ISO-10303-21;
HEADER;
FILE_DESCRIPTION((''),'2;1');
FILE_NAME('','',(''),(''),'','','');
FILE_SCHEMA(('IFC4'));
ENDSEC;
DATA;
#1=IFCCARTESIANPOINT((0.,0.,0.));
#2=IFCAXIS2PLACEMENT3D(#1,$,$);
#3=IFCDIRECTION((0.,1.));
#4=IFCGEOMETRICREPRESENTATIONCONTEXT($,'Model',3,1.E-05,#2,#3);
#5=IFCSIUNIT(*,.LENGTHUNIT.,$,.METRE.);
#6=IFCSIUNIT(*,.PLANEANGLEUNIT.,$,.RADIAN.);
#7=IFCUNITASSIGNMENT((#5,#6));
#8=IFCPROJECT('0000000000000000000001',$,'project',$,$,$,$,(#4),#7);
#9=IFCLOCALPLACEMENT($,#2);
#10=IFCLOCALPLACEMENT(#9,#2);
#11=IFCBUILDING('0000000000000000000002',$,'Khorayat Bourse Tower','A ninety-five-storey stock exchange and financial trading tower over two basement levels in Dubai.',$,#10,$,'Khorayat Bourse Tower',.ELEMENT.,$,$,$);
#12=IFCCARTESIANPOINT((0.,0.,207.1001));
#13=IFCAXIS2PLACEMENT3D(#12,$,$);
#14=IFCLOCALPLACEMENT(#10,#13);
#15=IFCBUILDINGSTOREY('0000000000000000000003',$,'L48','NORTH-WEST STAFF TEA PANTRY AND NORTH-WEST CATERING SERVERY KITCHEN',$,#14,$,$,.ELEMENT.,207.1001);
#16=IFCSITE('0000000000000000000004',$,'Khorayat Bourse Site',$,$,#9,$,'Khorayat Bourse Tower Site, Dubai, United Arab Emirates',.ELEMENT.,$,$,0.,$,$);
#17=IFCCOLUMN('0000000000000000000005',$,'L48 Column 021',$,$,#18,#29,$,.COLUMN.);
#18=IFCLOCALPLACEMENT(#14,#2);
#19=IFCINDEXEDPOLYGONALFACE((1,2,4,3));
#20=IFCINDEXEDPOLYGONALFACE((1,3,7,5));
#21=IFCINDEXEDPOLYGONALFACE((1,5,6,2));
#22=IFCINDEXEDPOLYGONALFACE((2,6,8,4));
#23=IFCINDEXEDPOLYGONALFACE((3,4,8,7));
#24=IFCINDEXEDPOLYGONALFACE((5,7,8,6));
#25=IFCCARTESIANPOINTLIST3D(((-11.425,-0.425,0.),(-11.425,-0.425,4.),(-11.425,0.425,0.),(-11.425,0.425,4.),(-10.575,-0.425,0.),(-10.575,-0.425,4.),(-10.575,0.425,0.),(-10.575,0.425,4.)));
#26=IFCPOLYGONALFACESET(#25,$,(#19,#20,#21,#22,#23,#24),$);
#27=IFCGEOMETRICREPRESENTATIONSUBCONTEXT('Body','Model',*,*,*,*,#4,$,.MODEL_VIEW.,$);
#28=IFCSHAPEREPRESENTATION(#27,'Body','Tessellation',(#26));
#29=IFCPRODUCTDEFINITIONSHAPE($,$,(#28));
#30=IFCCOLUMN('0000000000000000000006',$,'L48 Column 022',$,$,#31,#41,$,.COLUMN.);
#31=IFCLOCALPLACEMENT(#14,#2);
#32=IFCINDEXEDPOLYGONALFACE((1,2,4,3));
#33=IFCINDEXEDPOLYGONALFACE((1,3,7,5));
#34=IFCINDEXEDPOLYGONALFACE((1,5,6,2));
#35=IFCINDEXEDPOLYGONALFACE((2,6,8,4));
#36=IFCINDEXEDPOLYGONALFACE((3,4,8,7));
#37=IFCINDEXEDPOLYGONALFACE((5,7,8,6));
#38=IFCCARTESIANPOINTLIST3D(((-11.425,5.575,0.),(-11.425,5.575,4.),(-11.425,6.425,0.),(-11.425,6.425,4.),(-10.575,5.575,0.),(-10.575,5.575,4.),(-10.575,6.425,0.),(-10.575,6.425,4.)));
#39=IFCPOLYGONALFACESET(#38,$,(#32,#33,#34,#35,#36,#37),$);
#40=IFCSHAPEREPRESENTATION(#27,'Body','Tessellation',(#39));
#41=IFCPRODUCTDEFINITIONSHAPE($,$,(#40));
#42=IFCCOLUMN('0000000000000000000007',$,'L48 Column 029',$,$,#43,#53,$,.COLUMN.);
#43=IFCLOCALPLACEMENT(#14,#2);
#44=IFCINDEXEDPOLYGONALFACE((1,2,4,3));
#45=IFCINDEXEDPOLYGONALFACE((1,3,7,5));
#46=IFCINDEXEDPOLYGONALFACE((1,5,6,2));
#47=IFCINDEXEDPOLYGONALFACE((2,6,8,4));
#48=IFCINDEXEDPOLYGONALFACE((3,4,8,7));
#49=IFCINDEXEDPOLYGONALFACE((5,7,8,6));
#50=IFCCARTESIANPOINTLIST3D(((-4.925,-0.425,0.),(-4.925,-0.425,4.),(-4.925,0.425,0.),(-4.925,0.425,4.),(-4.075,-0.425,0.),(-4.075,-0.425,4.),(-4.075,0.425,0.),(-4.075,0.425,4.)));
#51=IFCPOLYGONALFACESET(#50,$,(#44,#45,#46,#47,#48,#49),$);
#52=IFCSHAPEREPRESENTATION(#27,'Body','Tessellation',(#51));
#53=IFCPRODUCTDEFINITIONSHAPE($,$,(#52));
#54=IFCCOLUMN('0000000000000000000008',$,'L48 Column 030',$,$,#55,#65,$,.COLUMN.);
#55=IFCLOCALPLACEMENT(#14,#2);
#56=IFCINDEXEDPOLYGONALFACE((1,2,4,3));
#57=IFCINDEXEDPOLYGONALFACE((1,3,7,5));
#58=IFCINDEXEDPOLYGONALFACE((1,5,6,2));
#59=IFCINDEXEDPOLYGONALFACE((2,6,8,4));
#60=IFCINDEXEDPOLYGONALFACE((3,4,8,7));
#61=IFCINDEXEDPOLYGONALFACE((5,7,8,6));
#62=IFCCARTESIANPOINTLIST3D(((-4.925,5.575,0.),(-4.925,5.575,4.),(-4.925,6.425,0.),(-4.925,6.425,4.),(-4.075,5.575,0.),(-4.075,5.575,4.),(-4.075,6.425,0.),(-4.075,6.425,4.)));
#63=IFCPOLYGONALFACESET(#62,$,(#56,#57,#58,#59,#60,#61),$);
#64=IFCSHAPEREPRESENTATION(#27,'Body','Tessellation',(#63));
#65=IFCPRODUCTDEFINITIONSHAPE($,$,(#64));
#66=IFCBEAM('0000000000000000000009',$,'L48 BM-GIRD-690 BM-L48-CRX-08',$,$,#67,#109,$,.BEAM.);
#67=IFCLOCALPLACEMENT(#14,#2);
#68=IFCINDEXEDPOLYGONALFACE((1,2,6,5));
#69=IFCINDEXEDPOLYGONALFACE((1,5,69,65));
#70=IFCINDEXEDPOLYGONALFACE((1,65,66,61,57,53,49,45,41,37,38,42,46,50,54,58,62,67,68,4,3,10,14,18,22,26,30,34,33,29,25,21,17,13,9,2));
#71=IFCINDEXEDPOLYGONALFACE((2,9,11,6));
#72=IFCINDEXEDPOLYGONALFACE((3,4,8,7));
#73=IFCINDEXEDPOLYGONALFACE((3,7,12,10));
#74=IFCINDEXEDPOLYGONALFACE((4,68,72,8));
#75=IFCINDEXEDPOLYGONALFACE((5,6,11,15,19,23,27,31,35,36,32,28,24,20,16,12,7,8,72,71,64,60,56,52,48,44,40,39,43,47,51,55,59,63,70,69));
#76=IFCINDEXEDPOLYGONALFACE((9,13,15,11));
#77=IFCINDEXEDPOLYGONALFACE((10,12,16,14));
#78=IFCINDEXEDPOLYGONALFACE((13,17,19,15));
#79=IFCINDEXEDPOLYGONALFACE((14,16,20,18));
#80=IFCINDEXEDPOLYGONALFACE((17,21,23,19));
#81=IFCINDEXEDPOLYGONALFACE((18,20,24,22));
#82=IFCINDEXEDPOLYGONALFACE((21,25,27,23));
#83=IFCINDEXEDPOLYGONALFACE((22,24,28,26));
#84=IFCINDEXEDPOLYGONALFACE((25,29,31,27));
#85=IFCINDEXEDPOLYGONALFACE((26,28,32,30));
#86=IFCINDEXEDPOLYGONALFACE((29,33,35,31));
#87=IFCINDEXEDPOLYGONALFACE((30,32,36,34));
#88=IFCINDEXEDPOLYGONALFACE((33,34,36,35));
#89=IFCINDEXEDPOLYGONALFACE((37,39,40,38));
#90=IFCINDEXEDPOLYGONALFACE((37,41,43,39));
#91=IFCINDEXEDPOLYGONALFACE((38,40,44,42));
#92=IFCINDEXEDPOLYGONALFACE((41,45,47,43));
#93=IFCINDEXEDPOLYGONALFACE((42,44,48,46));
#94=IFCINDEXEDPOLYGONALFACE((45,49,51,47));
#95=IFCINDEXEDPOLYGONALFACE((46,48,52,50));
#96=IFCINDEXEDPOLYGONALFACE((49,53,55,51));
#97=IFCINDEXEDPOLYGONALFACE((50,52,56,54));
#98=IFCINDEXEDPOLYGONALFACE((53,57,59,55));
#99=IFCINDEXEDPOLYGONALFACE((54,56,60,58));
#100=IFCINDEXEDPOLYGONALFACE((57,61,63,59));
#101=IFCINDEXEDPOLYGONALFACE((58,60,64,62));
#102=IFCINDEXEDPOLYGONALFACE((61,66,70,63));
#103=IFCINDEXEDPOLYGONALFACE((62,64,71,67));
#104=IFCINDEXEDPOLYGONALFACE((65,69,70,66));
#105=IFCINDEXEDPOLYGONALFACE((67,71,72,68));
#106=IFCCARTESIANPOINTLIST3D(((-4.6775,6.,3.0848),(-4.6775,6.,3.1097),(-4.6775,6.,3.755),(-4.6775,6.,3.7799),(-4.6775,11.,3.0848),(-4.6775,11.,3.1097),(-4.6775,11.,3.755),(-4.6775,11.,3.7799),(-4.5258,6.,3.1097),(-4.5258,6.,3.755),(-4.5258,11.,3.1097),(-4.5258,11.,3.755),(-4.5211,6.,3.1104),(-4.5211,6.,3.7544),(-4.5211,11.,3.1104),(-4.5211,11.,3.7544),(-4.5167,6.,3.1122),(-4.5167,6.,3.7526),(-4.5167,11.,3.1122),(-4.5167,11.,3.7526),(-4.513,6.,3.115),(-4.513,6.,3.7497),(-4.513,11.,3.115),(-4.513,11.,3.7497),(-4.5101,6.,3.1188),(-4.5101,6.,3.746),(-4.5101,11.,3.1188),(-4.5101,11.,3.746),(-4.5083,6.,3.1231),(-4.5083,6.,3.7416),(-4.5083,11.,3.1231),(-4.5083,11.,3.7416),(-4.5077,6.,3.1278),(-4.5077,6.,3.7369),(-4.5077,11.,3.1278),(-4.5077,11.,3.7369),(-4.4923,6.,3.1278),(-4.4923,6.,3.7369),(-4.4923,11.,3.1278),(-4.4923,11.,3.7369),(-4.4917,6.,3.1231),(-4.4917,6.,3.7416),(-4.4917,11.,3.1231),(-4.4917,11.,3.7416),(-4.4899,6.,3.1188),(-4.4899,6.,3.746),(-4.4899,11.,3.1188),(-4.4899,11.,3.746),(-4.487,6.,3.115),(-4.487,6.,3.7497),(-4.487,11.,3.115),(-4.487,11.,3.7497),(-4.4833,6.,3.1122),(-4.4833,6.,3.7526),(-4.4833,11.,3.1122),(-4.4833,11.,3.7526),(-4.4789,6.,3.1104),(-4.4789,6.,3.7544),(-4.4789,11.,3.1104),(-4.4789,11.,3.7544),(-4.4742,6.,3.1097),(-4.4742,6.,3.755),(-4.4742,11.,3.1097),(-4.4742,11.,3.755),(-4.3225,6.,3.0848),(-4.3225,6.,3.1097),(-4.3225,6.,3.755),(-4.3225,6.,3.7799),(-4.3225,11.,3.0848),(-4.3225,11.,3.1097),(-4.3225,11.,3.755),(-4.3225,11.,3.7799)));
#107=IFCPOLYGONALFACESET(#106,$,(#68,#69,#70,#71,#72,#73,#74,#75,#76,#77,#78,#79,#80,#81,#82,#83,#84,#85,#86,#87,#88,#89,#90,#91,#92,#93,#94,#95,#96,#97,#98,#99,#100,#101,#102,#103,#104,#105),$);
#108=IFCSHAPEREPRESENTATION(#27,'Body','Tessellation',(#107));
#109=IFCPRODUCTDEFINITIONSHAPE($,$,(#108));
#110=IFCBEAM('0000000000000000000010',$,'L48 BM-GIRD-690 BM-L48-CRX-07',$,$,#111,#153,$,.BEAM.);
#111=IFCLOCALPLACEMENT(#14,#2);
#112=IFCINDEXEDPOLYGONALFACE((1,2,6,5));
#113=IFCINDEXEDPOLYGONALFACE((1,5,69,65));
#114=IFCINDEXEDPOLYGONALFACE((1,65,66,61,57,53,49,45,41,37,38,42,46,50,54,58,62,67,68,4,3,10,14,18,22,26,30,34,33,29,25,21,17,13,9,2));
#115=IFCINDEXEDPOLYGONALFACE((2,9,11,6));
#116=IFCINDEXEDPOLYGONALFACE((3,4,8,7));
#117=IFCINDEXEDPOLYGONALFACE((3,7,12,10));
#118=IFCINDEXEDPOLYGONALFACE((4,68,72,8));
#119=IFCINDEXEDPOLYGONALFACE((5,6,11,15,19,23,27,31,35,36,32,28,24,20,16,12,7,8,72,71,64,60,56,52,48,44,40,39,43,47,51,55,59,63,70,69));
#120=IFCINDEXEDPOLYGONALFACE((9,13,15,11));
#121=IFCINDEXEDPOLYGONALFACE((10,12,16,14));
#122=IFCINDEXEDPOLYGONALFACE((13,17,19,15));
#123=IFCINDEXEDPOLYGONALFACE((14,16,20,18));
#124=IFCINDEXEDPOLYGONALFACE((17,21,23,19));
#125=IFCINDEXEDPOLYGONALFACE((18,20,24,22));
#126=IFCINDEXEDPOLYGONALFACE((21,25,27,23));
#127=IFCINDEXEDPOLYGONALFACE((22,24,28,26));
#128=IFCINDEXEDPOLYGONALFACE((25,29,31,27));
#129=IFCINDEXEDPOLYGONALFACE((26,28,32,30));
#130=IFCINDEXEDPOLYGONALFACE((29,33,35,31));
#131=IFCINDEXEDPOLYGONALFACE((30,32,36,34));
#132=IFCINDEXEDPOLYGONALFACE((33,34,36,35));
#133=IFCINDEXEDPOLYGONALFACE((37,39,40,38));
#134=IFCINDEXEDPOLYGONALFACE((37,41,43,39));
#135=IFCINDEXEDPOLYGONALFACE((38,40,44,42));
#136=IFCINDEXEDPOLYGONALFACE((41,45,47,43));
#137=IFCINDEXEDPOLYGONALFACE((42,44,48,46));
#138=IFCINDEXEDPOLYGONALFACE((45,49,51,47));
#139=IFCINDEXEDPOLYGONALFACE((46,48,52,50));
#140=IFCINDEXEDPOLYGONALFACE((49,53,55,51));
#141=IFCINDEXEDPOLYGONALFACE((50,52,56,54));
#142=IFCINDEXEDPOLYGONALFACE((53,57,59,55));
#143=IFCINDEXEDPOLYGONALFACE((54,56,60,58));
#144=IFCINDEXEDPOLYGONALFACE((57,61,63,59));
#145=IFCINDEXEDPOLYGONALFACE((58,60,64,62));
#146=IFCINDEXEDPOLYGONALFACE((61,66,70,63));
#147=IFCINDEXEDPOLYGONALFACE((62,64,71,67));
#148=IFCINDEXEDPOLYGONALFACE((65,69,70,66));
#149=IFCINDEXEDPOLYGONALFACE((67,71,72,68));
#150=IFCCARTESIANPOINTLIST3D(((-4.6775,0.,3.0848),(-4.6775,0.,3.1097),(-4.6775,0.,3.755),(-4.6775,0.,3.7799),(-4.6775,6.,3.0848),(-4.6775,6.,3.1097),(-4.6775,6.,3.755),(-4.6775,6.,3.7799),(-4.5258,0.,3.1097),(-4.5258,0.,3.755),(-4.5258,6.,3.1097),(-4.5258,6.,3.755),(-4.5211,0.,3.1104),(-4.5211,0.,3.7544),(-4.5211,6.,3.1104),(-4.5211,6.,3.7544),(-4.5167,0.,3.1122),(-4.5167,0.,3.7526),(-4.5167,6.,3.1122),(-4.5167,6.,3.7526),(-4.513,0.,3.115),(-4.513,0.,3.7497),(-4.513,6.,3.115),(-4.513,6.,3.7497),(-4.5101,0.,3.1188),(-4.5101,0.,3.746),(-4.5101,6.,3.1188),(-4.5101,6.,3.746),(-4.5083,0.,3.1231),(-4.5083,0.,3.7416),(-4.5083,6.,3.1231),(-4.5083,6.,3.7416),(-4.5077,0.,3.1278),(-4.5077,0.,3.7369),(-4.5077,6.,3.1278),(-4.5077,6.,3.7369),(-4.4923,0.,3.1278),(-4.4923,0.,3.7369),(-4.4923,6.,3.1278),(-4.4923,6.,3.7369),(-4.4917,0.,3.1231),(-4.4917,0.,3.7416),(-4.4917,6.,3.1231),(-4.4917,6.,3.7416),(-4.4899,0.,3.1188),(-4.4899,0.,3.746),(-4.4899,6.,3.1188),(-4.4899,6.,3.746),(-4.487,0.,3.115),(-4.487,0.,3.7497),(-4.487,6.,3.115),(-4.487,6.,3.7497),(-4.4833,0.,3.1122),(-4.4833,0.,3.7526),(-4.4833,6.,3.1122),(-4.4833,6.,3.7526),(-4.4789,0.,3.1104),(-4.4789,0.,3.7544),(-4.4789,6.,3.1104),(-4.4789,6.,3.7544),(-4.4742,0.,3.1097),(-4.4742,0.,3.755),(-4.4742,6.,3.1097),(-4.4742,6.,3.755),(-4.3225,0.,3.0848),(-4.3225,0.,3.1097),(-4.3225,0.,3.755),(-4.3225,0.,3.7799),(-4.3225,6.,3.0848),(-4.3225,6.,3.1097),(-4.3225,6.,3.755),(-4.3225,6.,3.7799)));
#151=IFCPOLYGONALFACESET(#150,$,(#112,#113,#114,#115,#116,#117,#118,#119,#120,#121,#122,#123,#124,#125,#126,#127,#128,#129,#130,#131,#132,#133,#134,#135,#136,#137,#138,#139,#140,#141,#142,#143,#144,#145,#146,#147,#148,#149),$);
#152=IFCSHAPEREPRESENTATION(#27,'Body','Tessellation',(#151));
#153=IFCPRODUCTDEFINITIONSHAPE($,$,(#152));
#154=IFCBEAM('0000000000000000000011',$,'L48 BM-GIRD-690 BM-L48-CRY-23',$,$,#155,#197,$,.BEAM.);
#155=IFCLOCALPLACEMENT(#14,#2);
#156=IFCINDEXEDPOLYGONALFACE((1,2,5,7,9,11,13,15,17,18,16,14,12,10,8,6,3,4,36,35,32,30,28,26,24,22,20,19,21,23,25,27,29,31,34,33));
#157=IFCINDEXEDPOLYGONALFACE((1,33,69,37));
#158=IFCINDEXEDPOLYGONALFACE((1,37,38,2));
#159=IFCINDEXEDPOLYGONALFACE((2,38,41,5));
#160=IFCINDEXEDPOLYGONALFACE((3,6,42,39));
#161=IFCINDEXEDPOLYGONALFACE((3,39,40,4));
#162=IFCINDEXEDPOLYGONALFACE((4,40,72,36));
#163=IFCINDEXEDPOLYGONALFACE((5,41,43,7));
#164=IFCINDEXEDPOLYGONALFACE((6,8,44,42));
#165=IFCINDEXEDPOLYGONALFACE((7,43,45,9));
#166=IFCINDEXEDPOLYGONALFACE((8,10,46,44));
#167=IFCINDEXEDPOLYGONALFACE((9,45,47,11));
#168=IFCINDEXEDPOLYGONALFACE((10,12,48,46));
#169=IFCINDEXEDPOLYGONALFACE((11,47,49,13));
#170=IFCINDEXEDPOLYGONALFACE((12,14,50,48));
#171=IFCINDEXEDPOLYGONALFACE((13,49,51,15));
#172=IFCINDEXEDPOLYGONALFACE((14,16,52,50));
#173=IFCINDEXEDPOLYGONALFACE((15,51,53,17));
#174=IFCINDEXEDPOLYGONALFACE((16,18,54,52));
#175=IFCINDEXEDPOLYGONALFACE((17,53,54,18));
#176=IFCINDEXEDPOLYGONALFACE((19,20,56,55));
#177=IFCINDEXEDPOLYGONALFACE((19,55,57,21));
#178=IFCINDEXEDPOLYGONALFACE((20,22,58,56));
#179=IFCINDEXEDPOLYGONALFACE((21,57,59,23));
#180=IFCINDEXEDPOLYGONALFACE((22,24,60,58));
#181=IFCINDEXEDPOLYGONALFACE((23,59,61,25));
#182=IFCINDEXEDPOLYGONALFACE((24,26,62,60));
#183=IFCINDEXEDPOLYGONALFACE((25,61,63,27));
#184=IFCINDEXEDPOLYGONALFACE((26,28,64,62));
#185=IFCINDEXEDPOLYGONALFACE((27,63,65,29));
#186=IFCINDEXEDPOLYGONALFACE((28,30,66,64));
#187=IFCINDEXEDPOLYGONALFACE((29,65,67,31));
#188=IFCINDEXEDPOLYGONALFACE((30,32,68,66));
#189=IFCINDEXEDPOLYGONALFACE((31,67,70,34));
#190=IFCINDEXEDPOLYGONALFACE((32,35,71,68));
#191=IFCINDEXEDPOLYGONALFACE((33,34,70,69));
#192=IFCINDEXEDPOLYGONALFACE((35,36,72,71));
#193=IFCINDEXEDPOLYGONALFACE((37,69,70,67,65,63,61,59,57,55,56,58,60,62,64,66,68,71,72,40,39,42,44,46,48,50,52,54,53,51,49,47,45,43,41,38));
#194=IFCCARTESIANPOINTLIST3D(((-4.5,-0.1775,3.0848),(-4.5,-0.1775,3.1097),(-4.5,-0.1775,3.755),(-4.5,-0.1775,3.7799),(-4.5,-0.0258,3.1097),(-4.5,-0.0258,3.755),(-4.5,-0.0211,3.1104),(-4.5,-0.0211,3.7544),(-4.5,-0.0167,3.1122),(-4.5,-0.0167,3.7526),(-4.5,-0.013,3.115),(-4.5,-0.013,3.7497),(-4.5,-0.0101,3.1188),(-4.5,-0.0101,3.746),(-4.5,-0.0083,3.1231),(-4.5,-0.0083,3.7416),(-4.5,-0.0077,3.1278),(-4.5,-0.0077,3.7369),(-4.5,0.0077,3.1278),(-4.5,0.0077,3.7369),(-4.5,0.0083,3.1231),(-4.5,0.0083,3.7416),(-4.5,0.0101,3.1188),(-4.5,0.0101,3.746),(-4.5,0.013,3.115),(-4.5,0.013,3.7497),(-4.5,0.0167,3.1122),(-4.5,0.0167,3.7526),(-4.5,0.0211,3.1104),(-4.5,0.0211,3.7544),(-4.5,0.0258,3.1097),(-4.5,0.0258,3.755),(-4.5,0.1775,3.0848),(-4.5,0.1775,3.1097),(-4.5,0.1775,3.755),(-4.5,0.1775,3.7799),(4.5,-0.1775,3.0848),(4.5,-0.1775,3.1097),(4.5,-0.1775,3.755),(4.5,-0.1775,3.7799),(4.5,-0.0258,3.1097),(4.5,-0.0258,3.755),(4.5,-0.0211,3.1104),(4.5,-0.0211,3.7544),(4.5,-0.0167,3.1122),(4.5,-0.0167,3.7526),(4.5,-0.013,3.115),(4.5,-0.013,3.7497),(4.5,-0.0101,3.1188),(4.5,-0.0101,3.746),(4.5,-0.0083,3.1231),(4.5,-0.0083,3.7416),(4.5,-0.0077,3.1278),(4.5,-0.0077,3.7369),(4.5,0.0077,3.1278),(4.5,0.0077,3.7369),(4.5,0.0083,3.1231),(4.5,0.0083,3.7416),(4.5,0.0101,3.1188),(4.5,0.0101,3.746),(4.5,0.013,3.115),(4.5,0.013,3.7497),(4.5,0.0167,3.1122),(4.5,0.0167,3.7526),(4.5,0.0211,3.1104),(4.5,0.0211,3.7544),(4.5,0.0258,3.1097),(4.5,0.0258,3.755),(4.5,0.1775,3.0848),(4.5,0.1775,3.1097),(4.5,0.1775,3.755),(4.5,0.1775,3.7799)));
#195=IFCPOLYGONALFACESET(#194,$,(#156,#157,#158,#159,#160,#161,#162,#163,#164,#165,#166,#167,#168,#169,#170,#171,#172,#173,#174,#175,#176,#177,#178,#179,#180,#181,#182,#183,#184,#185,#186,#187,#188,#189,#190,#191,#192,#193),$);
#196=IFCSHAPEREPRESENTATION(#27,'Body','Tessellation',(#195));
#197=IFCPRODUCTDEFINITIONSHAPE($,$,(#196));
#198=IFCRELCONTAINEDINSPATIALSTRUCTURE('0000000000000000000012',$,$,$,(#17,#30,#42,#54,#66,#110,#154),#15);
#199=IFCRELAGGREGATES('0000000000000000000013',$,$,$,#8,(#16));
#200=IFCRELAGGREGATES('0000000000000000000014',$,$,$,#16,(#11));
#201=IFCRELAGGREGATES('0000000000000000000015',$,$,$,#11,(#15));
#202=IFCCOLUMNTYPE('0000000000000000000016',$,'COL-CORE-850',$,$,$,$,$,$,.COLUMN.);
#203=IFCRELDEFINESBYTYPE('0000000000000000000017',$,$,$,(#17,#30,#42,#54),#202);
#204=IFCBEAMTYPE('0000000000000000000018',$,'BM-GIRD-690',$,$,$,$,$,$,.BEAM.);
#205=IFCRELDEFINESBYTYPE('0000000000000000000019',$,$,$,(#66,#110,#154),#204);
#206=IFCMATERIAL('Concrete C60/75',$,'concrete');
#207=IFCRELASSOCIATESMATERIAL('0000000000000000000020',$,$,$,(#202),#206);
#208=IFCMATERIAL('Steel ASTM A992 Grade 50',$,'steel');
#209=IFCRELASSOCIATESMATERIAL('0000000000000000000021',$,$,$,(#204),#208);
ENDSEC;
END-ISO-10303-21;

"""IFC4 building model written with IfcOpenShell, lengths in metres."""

from ifc_helpers import new_model, si_unit, direction, frame, origin, origin_2d, place, context, subcontext, project, spatial, rectangle, i_section, extrude, source, transform, mapped, material, material_profile, profile_set, type_object, element, save


model = new_model("IFC4")

# Units and contexts
model_context = context("Model", 3, precision=1e-05, world=origin(), true_north=direction((0.0, 1.0)))
body_context = subcontext(model_context, "Body", "Model", "MODEL_VIEW")
ifc_project = project(units=[si_unit("LENGTHUNIT", "METRE"), si_unit("PLANEANGLEUNIT", "RADIAN")], contexts=[model_context])

# Site, building, storey
site_placement = place(None, origin())
site = spatial("IfcSite", under=ifc_project, at=site_placement, Name="Khorayat Bourse Site", LongName="Khorayat Bourse Tower Site, Dubai, United Arab Emirates", CompositionType="ELEMENT", RefElevation=0.0)
building_placement = place(site_placement, origin())
building = spatial("IfcBuilding", under=site, at=building_placement, Name="Khorayat Bourse Tower", Description="A ninety-five-storey stock exchange and financial trading tower over two basement levels in Dubai.", LongName="Khorayat Bourse Tower", CompositionType="ELEMENT")
storey_placement = place(building_placement, frame((0.0, 0.0, 207.1001)))
storey = spatial("IfcBuildingStorey", under=building, at=storey_placement, Name="L48", Description="NORTH-WEST STAFF TEA PANTRY AND NORTH-WEST CATERING SERVERY KITCHEN", CompositionType="ELEMENT", Elevation=207.1001)

# Columns
ifc_material_1 = material(Name="Concrete C60/75", Category="concrete")
ifc_material_profile_1 = material_profile(ifc_material_1, rectangle(XDim=0.8501, YDim=0.8501, at=origin_2d()), Name="RC 850x850")
ifc_profile_set_1 = profile_set([ifc_material_profile_1], Name="Concrete C60/75")
column_type = type_object("IfcColumnType", Name="COL-CORE-850", PredefinedType="COLUMN", material=ifc_profile_set_1)
shared_shape_1 = source(origin(), body_context, "Body", "SweptSolid", [
    extrude(rectangle(XDim=0.8501, YDim=0.8501, at=origin_2d()), origin(), (0.0, 0.0, 1.0), 4.0),
])
for number, where, z_axis, x_axis, name in (
    (1, (-11.0, 0.0, 0.0), (0.0, 0.0, 1.0), (1.0, 0.0, 0.0), "L48 Column 021"),
    (2, (-11.0, 6.0, 0.0), (0.0, 0.0, 1.0), (1.0, 0.0, 0.0), "L48 Column 022"),
    (3, (-4.5, 0.0, 0.0), (0.0, 0.0, 1.0), (1.0, 0.0, 0.0), "L48 Column 029"),
    (4, (-4.5, 6.0, 0.0), (0.0, 0.0, 1.0), (1.0, 0.0, 0.0), "L48 Column 030"),
):
    element("IfcColumn", number, at=place(storey_placement, frame(where, z_axis=z_axis, x_axis=x_axis)), inside=storey, type_object=column_type, Name=name, PredefinedType="COLUMN", context=body_context, shape_type="MappedRepresentation", body=[
        mapped(shared_shape_1, transform((0.0, 0.0, 0.0), scale=1.0)),
    ])

# Beams
ifc_material_2 = material(Name="Steel ASTM A992 Grade 50", Category="steel")
ifc_material_profile_2 = material_profile(ifc_material_2, i_section(OverallWidth=0.355, OverallDepth=0.6951, WebThickness=0.0154, FlangeThickness=0.0249, FilletRadius=0.0181, at=origin_2d()), Name="W690X217")
ifc_profile_set_2 = profile_set([ifc_material_profile_2], Name="Steel ASTM A992 Grade 50")
beam_type_1 = type_object("IfcBeamType", Name="BM-GIRD-690", PredefinedType="BEAM", material=ifc_profile_set_2)
shared_shape_2 = source(origin(), body_context, "Body", "SweptSolid", [
    extrude(i_section(OverallWidth=0.355, OverallDepth=0.6951, WebThickness=0.0154, FlangeThickness=0.0249, FilletRadius=0.0181, at=origin_2d()), origin(), (0.0, 0.0, 1.0), 5.0),
])
beam_1_placement = place(storey_placement, frame((-4.5, 6.0, 3.4324), z_axis=(0.0, 1.0, 0.0), x_axis=(-1.0, 0.0, 0.0)))
element("IfcBeam", 5, at=beam_1_placement, inside=storey, type_object=beam_type_1, Name="L48 BM-GIRD-690 BM-L48-CRX-08", PredefinedType="BEAM", context=body_context, shape_type="MappedRepresentation", body=[
    mapped(shared_shape_2, transform((0.0, 0.0, 0.0), scale=1.0)),
])
shared_shape_3 = source(origin(), body_context, "Body", "SweptSolid", [
    extrude(i_section(OverallWidth=0.355, OverallDepth=0.6951, WebThickness=0.0154, FlangeThickness=0.0249, FilletRadius=0.0181, at=origin_2d()), origin(), (0.0, 0.0, 1.0), 6.0),
])
beam_2_placement = place(storey_placement, frame((-4.5, 0.0, 3.4324), z_axis=(0.0, 1.0, 0.0), x_axis=(-1.0, 0.0, 0.0)))
element("IfcBeam", 6, at=beam_2_placement, inside=storey, type_object=beam_type_1, Name="L48 BM-GIRD-690 BM-L48-CRX-07", PredefinedType="BEAM", context=body_context, shape_type="MappedRepresentation", body=[
    mapped(shared_shape_3, transform((0.0, 0.0, 0.0), scale=1.0)),
])
shared_shape_4 = source(origin(), body_context, "Body", "SweptSolid", [
    extrude(i_section(OverallWidth=0.355, OverallDepth=0.6951, WebThickness=0.0154, FlangeThickness=0.0249, FilletRadius=0.0181, at=origin_2d()), origin(), (0.0, 0.0, 1.0), 9.0),
])
beam_3_placement = place(storey_placement, frame((-4.5, 0.0, 3.4324), z_axis=(1.0, 0.0, 0.0), x_axis=(0.0, 1.0, 0.0)))
element("IfcBeam", 7, at=beam_3_placement, inside=storey, type_object=beam_type_1, Name="L48 BM-GIRD-690 BM-L48-CRY-23", PredefinedType="BEAM", context=body_context, shape_type="MappedRepresentation", body=[
    mapped(shared_shape_4, transform((0.0, 0.0, 0.0), scale=1.0)),
])

save(model, "model.ifc")
